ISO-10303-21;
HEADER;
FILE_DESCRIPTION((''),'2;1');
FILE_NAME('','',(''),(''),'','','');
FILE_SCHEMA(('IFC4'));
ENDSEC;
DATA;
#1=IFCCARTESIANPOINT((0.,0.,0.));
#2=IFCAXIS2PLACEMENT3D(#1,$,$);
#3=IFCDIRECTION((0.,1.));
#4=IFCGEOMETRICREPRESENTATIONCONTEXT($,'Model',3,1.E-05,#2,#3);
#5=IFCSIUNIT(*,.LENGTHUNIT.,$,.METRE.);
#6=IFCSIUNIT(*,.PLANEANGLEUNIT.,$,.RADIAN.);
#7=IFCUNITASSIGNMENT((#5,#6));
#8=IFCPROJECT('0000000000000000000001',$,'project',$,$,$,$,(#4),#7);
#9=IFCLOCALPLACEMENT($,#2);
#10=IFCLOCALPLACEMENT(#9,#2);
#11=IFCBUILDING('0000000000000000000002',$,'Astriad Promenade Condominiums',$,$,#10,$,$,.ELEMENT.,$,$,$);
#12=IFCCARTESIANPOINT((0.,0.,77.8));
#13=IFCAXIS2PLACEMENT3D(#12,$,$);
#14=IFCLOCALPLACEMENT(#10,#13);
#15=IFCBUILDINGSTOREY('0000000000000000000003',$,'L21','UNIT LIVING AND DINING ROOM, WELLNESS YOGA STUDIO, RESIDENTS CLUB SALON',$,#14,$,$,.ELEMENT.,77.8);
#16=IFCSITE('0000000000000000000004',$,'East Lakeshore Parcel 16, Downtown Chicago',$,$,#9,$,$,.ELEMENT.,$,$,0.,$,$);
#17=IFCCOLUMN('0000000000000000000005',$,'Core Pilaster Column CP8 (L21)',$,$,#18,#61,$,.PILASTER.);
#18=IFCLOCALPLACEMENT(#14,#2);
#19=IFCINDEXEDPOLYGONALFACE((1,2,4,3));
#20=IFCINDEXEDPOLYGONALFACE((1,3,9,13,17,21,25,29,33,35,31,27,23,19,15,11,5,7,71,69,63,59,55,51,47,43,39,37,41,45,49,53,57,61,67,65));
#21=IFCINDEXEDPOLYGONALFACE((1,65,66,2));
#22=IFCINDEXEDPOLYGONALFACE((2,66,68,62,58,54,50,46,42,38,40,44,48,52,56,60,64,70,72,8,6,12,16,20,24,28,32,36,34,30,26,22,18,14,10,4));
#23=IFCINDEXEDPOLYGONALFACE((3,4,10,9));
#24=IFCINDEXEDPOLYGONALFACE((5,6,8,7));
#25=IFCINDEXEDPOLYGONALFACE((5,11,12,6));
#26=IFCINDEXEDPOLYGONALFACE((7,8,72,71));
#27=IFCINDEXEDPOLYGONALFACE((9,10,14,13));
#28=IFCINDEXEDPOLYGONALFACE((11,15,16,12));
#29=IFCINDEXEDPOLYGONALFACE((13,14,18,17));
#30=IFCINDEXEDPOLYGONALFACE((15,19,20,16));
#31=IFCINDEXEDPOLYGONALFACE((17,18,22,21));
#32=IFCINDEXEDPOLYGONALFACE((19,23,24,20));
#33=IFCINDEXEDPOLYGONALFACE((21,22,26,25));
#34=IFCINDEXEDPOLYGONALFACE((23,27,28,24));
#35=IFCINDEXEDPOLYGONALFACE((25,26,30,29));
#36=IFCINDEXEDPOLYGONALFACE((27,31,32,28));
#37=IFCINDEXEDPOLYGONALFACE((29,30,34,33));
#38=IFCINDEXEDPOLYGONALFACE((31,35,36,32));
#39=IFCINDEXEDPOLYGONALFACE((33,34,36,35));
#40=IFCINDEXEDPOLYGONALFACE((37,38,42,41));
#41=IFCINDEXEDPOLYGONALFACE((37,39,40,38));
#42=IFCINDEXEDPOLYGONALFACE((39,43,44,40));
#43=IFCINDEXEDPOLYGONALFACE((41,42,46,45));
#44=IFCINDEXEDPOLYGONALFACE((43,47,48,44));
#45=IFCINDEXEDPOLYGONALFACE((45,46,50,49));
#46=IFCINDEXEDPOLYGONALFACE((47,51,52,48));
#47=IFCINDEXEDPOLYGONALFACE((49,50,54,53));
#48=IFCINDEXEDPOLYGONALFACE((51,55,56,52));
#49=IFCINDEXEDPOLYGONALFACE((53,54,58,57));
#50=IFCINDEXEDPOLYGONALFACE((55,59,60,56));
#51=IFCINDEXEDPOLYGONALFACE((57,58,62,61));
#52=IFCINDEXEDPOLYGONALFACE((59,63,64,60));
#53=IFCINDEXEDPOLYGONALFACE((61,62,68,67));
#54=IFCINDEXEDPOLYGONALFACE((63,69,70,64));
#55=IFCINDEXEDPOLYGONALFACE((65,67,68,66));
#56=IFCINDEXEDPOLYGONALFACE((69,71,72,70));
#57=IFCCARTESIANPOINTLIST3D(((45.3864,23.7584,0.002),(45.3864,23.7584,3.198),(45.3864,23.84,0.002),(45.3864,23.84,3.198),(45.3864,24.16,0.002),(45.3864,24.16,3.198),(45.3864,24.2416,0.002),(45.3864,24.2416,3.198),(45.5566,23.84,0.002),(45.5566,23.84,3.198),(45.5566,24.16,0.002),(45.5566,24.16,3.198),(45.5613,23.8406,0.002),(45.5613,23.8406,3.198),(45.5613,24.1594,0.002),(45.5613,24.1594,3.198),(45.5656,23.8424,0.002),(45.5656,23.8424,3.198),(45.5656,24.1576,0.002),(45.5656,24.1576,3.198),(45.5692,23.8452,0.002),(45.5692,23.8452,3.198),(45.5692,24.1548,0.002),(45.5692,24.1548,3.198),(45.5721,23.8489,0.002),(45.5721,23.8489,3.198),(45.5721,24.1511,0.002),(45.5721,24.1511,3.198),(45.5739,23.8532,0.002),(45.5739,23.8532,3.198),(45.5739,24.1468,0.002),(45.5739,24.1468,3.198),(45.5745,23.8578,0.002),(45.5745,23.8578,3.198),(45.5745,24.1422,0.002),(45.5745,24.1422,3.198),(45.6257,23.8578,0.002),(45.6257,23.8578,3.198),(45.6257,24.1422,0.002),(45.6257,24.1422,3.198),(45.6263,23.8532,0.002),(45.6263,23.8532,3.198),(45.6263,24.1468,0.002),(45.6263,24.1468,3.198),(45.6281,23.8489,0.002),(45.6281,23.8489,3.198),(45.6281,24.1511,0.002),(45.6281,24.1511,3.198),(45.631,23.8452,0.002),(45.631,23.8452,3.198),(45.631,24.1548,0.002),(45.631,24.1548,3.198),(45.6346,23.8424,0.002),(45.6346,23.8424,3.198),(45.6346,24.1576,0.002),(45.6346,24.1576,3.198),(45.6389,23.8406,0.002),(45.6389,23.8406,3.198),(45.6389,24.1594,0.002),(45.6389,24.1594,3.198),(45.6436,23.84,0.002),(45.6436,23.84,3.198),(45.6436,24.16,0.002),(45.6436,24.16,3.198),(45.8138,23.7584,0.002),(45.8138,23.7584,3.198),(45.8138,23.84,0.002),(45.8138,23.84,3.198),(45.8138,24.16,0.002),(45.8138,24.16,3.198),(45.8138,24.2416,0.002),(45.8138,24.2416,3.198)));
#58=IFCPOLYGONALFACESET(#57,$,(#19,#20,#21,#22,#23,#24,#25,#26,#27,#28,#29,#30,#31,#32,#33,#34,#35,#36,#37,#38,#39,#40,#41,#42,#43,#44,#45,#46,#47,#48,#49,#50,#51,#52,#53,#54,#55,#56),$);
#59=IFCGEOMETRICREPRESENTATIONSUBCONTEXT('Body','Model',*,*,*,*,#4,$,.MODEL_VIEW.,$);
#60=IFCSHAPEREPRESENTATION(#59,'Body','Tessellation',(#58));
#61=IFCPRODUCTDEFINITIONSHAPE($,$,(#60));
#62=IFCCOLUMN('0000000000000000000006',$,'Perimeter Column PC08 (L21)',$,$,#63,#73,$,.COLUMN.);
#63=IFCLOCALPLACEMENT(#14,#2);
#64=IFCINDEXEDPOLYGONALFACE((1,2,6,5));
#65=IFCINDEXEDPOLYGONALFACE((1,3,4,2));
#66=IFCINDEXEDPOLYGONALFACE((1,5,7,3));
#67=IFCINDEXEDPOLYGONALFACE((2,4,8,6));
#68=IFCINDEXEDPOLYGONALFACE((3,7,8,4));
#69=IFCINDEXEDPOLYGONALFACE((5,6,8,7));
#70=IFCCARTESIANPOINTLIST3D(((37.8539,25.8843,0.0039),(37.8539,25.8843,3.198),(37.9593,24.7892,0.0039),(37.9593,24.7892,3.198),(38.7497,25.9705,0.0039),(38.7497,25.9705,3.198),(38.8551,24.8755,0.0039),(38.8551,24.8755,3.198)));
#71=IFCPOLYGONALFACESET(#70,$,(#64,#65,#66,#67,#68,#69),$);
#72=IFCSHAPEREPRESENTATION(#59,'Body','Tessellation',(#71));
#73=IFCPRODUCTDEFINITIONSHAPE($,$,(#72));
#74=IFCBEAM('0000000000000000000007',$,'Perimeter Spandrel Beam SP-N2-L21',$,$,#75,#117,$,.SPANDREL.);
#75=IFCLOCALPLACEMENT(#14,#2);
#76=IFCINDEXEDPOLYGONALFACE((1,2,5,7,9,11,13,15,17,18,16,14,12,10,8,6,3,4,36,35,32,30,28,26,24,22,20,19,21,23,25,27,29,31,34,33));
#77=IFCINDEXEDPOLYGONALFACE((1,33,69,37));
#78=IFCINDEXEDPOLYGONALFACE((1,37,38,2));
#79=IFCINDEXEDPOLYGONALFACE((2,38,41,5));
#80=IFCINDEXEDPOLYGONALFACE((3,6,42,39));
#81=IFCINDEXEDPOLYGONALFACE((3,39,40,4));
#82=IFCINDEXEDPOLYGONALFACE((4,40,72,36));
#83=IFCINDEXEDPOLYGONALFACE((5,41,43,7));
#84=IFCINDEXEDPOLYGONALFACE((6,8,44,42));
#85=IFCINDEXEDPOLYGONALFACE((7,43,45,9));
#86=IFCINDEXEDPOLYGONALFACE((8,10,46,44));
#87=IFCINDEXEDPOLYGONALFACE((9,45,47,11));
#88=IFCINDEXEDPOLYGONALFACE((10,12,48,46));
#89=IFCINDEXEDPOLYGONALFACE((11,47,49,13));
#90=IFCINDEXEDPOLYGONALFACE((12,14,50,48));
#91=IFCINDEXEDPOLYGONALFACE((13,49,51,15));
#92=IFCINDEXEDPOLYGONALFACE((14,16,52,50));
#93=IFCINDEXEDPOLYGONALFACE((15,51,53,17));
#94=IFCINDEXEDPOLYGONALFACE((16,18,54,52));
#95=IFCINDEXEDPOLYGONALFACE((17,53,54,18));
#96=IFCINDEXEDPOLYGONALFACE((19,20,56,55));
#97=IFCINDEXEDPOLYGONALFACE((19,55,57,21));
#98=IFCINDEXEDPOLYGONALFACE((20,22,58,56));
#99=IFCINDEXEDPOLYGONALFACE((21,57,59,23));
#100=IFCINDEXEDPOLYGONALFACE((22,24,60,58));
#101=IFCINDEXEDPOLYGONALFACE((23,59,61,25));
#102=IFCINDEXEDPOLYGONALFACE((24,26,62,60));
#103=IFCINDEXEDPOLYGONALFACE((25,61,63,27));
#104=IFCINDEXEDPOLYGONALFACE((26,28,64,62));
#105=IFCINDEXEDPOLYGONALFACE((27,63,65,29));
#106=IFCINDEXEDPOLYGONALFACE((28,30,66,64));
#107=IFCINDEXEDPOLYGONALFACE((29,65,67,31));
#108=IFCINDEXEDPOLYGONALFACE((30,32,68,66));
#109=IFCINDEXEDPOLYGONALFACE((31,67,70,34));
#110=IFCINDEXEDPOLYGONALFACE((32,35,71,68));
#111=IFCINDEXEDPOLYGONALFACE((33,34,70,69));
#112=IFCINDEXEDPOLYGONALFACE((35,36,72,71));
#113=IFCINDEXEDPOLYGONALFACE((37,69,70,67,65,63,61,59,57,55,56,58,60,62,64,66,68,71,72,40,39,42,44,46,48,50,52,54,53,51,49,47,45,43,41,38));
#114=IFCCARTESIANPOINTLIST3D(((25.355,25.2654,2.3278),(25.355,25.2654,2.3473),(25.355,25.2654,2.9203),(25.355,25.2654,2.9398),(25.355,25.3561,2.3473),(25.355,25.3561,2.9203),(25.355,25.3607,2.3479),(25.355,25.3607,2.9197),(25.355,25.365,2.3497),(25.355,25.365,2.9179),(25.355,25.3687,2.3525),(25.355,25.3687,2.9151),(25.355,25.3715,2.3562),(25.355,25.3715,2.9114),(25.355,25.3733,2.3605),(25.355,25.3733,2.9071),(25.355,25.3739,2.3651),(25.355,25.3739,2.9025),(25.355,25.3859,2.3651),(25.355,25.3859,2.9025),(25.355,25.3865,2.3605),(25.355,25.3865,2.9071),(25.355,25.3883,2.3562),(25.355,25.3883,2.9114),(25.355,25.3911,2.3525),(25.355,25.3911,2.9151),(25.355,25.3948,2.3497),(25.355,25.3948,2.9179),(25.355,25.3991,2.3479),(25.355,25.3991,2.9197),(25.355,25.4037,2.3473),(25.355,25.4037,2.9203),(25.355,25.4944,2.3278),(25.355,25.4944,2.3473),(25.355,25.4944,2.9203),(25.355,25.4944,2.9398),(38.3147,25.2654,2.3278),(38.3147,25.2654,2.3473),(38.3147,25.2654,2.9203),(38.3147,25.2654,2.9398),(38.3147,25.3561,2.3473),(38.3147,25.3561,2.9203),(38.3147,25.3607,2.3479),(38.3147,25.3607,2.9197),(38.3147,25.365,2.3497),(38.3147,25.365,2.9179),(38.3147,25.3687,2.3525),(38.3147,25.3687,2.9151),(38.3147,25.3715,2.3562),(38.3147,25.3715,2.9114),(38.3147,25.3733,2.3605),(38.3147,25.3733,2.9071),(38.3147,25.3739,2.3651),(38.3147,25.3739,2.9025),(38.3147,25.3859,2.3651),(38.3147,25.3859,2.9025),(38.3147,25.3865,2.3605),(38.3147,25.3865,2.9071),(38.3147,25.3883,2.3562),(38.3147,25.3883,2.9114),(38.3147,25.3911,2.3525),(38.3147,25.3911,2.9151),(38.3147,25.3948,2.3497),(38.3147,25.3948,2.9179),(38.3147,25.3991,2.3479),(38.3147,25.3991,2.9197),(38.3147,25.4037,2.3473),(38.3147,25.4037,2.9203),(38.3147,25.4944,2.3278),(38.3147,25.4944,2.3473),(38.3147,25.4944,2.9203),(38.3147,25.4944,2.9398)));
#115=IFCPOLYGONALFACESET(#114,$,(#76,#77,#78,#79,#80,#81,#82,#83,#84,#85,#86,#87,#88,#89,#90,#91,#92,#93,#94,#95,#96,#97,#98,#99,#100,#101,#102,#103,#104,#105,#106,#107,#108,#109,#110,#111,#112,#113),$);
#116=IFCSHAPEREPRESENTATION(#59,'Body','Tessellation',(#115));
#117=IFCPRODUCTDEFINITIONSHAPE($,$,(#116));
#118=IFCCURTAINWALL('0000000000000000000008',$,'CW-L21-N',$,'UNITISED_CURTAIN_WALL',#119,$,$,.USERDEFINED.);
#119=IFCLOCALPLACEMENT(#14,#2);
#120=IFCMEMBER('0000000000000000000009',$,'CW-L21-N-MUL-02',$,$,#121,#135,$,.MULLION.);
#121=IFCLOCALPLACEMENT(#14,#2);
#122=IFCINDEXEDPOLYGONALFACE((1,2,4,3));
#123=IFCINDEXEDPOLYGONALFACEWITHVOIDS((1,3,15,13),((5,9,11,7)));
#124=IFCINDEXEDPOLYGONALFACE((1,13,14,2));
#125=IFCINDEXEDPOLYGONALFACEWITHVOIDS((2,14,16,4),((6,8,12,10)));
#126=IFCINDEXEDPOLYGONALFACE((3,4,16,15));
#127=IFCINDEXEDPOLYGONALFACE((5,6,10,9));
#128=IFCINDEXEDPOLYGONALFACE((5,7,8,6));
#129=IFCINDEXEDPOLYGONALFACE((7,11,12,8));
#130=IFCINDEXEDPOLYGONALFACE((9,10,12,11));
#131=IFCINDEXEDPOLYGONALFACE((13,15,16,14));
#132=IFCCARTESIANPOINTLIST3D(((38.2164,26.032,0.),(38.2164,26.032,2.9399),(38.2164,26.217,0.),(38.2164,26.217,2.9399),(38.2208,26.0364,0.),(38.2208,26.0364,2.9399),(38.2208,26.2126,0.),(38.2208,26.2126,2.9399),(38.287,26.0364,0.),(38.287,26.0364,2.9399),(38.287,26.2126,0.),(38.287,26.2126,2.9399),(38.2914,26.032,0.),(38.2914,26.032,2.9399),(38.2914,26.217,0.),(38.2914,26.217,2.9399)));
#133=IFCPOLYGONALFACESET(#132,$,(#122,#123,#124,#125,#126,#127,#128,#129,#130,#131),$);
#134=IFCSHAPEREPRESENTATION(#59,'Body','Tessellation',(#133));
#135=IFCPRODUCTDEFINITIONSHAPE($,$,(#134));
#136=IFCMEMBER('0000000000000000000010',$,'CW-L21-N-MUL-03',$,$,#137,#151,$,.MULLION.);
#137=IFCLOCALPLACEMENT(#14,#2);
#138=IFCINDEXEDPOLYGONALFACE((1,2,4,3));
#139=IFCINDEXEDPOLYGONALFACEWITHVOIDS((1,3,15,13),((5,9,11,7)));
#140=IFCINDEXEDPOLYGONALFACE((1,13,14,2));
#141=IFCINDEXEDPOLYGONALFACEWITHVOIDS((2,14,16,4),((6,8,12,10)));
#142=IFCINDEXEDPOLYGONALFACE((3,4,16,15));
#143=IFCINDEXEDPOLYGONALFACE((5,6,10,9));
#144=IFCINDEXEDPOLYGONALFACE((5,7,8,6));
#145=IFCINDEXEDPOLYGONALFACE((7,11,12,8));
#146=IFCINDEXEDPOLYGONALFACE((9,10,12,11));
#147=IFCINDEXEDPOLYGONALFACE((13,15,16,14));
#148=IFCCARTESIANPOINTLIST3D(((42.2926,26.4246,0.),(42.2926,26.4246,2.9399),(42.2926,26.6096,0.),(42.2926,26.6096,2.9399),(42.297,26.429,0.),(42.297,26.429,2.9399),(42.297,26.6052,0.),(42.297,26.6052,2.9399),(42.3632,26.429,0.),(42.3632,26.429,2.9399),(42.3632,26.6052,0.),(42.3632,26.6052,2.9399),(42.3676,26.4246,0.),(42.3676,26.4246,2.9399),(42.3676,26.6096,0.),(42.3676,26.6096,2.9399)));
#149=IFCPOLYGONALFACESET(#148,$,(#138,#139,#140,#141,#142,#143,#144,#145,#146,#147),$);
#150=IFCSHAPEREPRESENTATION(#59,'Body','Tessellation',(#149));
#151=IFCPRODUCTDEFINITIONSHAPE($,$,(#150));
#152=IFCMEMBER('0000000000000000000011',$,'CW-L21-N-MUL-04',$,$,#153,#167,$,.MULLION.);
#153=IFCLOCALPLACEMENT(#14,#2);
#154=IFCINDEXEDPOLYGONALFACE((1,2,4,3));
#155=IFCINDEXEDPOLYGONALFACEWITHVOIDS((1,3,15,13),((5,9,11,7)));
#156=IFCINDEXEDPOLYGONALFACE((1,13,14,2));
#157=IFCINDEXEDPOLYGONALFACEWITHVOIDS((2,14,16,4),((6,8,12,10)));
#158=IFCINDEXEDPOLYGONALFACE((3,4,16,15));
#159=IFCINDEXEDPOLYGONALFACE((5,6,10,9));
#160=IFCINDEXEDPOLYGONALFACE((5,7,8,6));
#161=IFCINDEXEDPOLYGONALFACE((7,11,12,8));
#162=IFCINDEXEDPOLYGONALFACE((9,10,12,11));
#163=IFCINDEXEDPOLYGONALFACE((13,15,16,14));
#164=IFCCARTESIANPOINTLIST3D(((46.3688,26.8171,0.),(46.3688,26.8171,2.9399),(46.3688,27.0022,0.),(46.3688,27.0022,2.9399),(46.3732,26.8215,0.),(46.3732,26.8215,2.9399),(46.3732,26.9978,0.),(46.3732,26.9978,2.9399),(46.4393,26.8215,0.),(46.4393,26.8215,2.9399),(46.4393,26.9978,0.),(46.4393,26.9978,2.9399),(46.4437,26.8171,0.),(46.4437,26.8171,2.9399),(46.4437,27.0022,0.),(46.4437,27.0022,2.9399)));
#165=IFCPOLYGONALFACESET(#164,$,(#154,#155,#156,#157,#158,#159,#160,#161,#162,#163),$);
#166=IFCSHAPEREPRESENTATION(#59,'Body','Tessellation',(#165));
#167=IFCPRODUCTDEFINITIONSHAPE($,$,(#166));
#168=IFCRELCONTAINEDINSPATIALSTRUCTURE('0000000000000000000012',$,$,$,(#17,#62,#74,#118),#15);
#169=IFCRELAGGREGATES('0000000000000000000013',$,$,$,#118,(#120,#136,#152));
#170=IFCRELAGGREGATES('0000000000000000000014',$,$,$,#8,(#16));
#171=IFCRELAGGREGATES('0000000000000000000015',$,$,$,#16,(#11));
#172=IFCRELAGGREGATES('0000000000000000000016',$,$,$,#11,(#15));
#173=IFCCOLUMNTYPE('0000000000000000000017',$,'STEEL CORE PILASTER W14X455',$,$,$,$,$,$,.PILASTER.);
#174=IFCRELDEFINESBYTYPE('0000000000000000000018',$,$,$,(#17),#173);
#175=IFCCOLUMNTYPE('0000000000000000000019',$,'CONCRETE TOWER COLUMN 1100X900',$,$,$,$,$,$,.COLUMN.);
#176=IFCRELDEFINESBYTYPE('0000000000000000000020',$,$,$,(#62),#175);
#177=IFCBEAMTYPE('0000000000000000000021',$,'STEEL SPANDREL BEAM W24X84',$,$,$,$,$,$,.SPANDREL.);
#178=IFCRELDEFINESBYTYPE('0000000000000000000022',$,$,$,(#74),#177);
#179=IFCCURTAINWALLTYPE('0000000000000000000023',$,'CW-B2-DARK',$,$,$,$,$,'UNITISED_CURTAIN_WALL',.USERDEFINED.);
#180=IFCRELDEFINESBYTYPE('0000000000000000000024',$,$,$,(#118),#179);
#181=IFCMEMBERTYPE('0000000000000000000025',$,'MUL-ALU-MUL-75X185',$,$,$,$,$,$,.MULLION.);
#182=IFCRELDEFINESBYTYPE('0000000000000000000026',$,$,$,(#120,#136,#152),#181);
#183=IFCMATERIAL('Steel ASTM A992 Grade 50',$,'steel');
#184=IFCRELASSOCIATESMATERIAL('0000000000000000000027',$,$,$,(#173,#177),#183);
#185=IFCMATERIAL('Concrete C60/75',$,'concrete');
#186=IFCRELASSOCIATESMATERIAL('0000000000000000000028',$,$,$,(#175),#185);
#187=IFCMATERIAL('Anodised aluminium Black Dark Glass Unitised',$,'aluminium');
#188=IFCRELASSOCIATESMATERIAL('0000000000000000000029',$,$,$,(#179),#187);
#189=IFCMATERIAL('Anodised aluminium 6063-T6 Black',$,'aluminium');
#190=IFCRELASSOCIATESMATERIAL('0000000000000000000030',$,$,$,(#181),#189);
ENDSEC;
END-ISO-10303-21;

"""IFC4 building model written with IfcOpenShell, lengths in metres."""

from ifc_helpers import new_model, si_unit, direction, frame, origin, origin_2d, place, context, subcontext, project, spatial, rectangle, hollow_rectangle, i_section, extrude, source, transform, mapped, material, material_profile, profile_set, type_object, type_shapes, element, aggregate, save


model = new_model("IFC4")

# Units and contexts
model_context = context("Model", 3, precision=1e-05, world=origin(), true_north=direction((0.0, 1.0)))
body_context = subcontext(model_context, "Body", "Model", "MODEL_VIEW")
ifc_project = project(units=[si_unit("LENGTHUNIT", "METRE"), si_unit("PLANEANGLEUNIT", "RADIAN")], contexts=[model_context])

# Site, building, storey
site_placement = place(None, origin())
site = spatial("IfcSite", under=ifc_project, at=site_placement, Name="East Lakeshore Parcel 16, Downtown Chicago", CompositionType="ELEMENT", RefElevation=0.0)
building_placement = place(site_placement, origin())
building = spatial("IfcBuilding", under=site, at=building_placement, Name="Astriad Promenade Condominiums", CompositionType="ELEMENT")
storey_placement = place(building_placement, frame((0.0, 0.0, 77.8)))
storey = spatial("IfcBuildingStorey", under=building, at=storey_placement, Name="L21", Description="UNIT LIVING AND DINING ROOM, WELLNESS YOGA STUDIO, RESIDENTS CLUB SALON", CompositionType="ELEMENT", Elevation=77.8)

# Columns
ifc_material_1 = material(Name="Steel ASTM A992 Grade 50", Category="steel")
ifc_material_profile_1 = material_profile(ifc_material_1, i_section(OverallWidth=0.4275, OverallDepth=0.4832, WebThickness=0.0513, FlangeThickness=0.0815, FilletRadius=0.0178, at=origin_2d()), Name="W14X455")
ifc_profile_set_1 = profile_set([ifc_material_profile_1], Name="Steel ASTM A992 Grade 50")
column_type_1 = type_object("IfcColumnType", Name="STEEL CORE PILASTER W14X455", PredefinedType="PILASTER", material=ifc_profile_set_1)
shared_shape_1 = source(origin(), body_context, "Body", "SweptSolid", [
    extrude(i_section(OverallWidth=0.4275, OverallDepth=0.4832, WebThickness=0.0513, FlangeThickness=0.0815, FilletRadius=0.0178, at=origin_2d()), origin(), (0.0, 0.0, 1.0), 3.196),
])
type_shapes(column_type_1, [shared_shape_1])
column_1_placement = place(storey_placement, frame((45.6001, 24.0, 0.002), z_axis=(0.0, 0.0, 1.0), x_axis=(1.0, 0.0, 0.0)))
element("IfcColumn", 1, at=column_1_placement, inside=storey, type_object=column_type_1, Name="Core Pilaster Column CP8 (L21)", PredefinedType="PILASTER", context=body_context, shape_type="MappedRepresentation", body=[
    mapped(shared_shape_1, transform((0.0, 0.0, 0.0), scale=1.0)),
])
ifc_material_2 = material(Name="Concrete C60/75", Category="concrete")
ifc_material_profile_2 = material_profile(ifc_material_2, rectangle(XDim=0.8999, YDim=1.1001, at=origin_2d()), Name="RC-COL-1100X900")
ifc_profile_set_2 = profile_set([ifc_material_profile_2], Name="Concrete C60/75")
column_type_2 = type_object("IfcColumnType", Name="CONCRETE TOWER COLUMN 1100X900", PredefinedType="COLUMN", material=ifc_profile_set_2)
shared_shape_2 = source(origin(), body_context, "Body", "SweptSolid", [
    extrude(rectangle(XDim=0.8999, YDim=1.1001, at=origin_2d()), origin(), (0.0, 0.0, 1.0), 3.1941),
])
type_shapes(column_type_2, [shared_shape_2])
column_2_placement = place(storey_placement, frame((38.3545, 25.3799, 0.0039), z_axis=(0.0, 0.0, 1.0), x_axis=(0.995396, 0.095846, 0.0)))
element("IfcColumn", 2, at=column_2_placement, inside=storey, type_object=column_type_2, Name="Perimeter Column PC08 (L21)", PredefinedType="COLUMN", context=body_context, shape_type="MappedRepresentation", body=[
    mapped(shared_shape_2, transform((0.0, 0.0, 0.0), scale=1.0)),
])

# Beam
ifc_material_profile_3 = material_profile(ifc_material_1, i_section(OverallWidth=0.229, OverallDepth=0.6121, WebThickness=0.012, FlangeThickness=0.0195, FilletRadius=0.0178, at=origin_2d()), Name="W24X84")
ifc_profile_set_3 = profile_set([ifc_material_profile_3], Name="Steel ASTM A992 Grade 50")
beam_type = type_object("IfcBeamType", Name="STEEL SPANDREL BEAM W24X84", PredefinedType="SPANDREL", material=ifc_profile_set_3)
shared_shape_3 = source(origin(), body_context, "Body", "SweptSolid", [
    extrude(i_section(OverallWidth=0.229, OverallDepth=0.6121, WebThickness=0.012, FlangeThickness=0.0195, FilletRadius=0.0178, at=origin_2d()), origin(), (0.0, 0.0, 1.0), 12.9597),
])
type_shapes(beam_type, [shared_shape_3])
beam_placement = place(storey_placement, frame((38.3147, 25.3799, 2.6338), z_axis=(-1.0, 0.0, 0.0), x_axis=(0.0, -1.0, 0.0)))
element("IfcBeam", 3, at=beam_placement, inside=storey, type_object=beam_type, Name="Perimeter Spandrel Beam SP-N2-L21", PredefinedType="SPANDREL", context=body_context, shape_type="MappedRepresentation", body=[
    mapped(shared_shape_3, transform((0.0, 0.0, 0.0), scale=1.0)),
])

# Curtain wall, members
ifc_material_3 = material(Name="Anodised aluminium Black Dark Glass Unitised", Category="aluminium")
curtain_wall_type = type_object("IfcCurtainWallType", Name="CW-B2-DARK", ElementType="UNITISED_CURTAIN_WALL", PredefinedType="USERDEFINED", material=ifc_material_3)
curtain_wall_placement = place(storey_placement, origin())
curtain_wall = element("IfcCurtainWall", 4, at=curtain_wall_placement, inside=storey, type_object=curtain_wall_type, Name="CW-L21-N", ObjectType="UNITISED_CURTAIN_WALL", PredefinedType="USERDEFINED")
ifc_material_4 = material(Name="Anodised aluminium 6063-T6 Black", Category="aluminium")
ifc_material_profile_4 = material_profile(ifc_material_4, hollow_rectangle(XDim=0.075, YDim=0.1851, WallThickness=0.0044, at=origin_2d()), Name="ALU-MUL-75X185")
ifc_profile_set_4 = profile_set([ifc_material_profile_4], Name="Anodised aluminium 6063-T6 Black")
member_type_1 = type_object("IfcMemberType", Name="MUL-ALU-MUL-75X185", PredefinedType="MULLION", material=ifc_profile_set_4)
shared_shape_4 = source(origin(), body_context, "Body", "SweptSolid", [
    extrude(hollow_rectangle(XDim=0.075, YDim=0.1851, WallThickness=0.0044, at=origin_2d()), origin(), (0.0, 0.0, 1.0), 2.9399),
])
type_shapes(member_type_1, [shared_shape_4])
member_1_placement = place(storey_placement, frame((38.2539, 26.1245, 0.0), z_axis=(0.0, 0.0, 1.0), x_axis=(1.0, 0.0, 0.0)))
member_1 = element("IfcMember", 5, at=member_1_placement, type_object=member_type_1, Name="CW-L21-N-MUL-02", PredefinedType="MULLION", context=body_context, shape_type="MappedRepresentation", body=[
    mapped(shared_shape_4, transform((0.0, 0.0, 0.0), scale=1.0)),
])
member_2_placement = place(storey_placement, frame((42.3301, 26.5171, 0.0), z_axis=(0.0, 0.0, 1.0), x_axis=(1.0, 0.0, 0.0)))
member_2 = element("IfcMember", 6, at=member_2_placement, type_object=member_type_1, Name="CW-L21-N-MUL-03", PredefinedType="MULLION", context=body_context, shape_type="MappedRepresentation", body=[
    mapped(shared_shape_4, transform((0.0, 0.0, 0.0), scale=1.0)),
])
member_3_placement = place(storey_placement, frame((46.4062, 26.9097, 0.0), z_axis=(0.0, 0.0, 1.0), x_axis=(1.0, 0.0, 0.0)))
member_3 = element("IfcMember", 7, at=member_3_placement, type_object=member_type_1, Name="CW-L21-N-MUL-04", PredefinedType="MULLION", context=body_context, shape_type="MappedRepresentation", body=[
    mapped(shared_shape_4, transform((0.0, 0.0, 0.0), scale=1.0)),
])
aggregate(curtain_wall, [member_1, member_2, member_3])

save(model, "model.ifc")
